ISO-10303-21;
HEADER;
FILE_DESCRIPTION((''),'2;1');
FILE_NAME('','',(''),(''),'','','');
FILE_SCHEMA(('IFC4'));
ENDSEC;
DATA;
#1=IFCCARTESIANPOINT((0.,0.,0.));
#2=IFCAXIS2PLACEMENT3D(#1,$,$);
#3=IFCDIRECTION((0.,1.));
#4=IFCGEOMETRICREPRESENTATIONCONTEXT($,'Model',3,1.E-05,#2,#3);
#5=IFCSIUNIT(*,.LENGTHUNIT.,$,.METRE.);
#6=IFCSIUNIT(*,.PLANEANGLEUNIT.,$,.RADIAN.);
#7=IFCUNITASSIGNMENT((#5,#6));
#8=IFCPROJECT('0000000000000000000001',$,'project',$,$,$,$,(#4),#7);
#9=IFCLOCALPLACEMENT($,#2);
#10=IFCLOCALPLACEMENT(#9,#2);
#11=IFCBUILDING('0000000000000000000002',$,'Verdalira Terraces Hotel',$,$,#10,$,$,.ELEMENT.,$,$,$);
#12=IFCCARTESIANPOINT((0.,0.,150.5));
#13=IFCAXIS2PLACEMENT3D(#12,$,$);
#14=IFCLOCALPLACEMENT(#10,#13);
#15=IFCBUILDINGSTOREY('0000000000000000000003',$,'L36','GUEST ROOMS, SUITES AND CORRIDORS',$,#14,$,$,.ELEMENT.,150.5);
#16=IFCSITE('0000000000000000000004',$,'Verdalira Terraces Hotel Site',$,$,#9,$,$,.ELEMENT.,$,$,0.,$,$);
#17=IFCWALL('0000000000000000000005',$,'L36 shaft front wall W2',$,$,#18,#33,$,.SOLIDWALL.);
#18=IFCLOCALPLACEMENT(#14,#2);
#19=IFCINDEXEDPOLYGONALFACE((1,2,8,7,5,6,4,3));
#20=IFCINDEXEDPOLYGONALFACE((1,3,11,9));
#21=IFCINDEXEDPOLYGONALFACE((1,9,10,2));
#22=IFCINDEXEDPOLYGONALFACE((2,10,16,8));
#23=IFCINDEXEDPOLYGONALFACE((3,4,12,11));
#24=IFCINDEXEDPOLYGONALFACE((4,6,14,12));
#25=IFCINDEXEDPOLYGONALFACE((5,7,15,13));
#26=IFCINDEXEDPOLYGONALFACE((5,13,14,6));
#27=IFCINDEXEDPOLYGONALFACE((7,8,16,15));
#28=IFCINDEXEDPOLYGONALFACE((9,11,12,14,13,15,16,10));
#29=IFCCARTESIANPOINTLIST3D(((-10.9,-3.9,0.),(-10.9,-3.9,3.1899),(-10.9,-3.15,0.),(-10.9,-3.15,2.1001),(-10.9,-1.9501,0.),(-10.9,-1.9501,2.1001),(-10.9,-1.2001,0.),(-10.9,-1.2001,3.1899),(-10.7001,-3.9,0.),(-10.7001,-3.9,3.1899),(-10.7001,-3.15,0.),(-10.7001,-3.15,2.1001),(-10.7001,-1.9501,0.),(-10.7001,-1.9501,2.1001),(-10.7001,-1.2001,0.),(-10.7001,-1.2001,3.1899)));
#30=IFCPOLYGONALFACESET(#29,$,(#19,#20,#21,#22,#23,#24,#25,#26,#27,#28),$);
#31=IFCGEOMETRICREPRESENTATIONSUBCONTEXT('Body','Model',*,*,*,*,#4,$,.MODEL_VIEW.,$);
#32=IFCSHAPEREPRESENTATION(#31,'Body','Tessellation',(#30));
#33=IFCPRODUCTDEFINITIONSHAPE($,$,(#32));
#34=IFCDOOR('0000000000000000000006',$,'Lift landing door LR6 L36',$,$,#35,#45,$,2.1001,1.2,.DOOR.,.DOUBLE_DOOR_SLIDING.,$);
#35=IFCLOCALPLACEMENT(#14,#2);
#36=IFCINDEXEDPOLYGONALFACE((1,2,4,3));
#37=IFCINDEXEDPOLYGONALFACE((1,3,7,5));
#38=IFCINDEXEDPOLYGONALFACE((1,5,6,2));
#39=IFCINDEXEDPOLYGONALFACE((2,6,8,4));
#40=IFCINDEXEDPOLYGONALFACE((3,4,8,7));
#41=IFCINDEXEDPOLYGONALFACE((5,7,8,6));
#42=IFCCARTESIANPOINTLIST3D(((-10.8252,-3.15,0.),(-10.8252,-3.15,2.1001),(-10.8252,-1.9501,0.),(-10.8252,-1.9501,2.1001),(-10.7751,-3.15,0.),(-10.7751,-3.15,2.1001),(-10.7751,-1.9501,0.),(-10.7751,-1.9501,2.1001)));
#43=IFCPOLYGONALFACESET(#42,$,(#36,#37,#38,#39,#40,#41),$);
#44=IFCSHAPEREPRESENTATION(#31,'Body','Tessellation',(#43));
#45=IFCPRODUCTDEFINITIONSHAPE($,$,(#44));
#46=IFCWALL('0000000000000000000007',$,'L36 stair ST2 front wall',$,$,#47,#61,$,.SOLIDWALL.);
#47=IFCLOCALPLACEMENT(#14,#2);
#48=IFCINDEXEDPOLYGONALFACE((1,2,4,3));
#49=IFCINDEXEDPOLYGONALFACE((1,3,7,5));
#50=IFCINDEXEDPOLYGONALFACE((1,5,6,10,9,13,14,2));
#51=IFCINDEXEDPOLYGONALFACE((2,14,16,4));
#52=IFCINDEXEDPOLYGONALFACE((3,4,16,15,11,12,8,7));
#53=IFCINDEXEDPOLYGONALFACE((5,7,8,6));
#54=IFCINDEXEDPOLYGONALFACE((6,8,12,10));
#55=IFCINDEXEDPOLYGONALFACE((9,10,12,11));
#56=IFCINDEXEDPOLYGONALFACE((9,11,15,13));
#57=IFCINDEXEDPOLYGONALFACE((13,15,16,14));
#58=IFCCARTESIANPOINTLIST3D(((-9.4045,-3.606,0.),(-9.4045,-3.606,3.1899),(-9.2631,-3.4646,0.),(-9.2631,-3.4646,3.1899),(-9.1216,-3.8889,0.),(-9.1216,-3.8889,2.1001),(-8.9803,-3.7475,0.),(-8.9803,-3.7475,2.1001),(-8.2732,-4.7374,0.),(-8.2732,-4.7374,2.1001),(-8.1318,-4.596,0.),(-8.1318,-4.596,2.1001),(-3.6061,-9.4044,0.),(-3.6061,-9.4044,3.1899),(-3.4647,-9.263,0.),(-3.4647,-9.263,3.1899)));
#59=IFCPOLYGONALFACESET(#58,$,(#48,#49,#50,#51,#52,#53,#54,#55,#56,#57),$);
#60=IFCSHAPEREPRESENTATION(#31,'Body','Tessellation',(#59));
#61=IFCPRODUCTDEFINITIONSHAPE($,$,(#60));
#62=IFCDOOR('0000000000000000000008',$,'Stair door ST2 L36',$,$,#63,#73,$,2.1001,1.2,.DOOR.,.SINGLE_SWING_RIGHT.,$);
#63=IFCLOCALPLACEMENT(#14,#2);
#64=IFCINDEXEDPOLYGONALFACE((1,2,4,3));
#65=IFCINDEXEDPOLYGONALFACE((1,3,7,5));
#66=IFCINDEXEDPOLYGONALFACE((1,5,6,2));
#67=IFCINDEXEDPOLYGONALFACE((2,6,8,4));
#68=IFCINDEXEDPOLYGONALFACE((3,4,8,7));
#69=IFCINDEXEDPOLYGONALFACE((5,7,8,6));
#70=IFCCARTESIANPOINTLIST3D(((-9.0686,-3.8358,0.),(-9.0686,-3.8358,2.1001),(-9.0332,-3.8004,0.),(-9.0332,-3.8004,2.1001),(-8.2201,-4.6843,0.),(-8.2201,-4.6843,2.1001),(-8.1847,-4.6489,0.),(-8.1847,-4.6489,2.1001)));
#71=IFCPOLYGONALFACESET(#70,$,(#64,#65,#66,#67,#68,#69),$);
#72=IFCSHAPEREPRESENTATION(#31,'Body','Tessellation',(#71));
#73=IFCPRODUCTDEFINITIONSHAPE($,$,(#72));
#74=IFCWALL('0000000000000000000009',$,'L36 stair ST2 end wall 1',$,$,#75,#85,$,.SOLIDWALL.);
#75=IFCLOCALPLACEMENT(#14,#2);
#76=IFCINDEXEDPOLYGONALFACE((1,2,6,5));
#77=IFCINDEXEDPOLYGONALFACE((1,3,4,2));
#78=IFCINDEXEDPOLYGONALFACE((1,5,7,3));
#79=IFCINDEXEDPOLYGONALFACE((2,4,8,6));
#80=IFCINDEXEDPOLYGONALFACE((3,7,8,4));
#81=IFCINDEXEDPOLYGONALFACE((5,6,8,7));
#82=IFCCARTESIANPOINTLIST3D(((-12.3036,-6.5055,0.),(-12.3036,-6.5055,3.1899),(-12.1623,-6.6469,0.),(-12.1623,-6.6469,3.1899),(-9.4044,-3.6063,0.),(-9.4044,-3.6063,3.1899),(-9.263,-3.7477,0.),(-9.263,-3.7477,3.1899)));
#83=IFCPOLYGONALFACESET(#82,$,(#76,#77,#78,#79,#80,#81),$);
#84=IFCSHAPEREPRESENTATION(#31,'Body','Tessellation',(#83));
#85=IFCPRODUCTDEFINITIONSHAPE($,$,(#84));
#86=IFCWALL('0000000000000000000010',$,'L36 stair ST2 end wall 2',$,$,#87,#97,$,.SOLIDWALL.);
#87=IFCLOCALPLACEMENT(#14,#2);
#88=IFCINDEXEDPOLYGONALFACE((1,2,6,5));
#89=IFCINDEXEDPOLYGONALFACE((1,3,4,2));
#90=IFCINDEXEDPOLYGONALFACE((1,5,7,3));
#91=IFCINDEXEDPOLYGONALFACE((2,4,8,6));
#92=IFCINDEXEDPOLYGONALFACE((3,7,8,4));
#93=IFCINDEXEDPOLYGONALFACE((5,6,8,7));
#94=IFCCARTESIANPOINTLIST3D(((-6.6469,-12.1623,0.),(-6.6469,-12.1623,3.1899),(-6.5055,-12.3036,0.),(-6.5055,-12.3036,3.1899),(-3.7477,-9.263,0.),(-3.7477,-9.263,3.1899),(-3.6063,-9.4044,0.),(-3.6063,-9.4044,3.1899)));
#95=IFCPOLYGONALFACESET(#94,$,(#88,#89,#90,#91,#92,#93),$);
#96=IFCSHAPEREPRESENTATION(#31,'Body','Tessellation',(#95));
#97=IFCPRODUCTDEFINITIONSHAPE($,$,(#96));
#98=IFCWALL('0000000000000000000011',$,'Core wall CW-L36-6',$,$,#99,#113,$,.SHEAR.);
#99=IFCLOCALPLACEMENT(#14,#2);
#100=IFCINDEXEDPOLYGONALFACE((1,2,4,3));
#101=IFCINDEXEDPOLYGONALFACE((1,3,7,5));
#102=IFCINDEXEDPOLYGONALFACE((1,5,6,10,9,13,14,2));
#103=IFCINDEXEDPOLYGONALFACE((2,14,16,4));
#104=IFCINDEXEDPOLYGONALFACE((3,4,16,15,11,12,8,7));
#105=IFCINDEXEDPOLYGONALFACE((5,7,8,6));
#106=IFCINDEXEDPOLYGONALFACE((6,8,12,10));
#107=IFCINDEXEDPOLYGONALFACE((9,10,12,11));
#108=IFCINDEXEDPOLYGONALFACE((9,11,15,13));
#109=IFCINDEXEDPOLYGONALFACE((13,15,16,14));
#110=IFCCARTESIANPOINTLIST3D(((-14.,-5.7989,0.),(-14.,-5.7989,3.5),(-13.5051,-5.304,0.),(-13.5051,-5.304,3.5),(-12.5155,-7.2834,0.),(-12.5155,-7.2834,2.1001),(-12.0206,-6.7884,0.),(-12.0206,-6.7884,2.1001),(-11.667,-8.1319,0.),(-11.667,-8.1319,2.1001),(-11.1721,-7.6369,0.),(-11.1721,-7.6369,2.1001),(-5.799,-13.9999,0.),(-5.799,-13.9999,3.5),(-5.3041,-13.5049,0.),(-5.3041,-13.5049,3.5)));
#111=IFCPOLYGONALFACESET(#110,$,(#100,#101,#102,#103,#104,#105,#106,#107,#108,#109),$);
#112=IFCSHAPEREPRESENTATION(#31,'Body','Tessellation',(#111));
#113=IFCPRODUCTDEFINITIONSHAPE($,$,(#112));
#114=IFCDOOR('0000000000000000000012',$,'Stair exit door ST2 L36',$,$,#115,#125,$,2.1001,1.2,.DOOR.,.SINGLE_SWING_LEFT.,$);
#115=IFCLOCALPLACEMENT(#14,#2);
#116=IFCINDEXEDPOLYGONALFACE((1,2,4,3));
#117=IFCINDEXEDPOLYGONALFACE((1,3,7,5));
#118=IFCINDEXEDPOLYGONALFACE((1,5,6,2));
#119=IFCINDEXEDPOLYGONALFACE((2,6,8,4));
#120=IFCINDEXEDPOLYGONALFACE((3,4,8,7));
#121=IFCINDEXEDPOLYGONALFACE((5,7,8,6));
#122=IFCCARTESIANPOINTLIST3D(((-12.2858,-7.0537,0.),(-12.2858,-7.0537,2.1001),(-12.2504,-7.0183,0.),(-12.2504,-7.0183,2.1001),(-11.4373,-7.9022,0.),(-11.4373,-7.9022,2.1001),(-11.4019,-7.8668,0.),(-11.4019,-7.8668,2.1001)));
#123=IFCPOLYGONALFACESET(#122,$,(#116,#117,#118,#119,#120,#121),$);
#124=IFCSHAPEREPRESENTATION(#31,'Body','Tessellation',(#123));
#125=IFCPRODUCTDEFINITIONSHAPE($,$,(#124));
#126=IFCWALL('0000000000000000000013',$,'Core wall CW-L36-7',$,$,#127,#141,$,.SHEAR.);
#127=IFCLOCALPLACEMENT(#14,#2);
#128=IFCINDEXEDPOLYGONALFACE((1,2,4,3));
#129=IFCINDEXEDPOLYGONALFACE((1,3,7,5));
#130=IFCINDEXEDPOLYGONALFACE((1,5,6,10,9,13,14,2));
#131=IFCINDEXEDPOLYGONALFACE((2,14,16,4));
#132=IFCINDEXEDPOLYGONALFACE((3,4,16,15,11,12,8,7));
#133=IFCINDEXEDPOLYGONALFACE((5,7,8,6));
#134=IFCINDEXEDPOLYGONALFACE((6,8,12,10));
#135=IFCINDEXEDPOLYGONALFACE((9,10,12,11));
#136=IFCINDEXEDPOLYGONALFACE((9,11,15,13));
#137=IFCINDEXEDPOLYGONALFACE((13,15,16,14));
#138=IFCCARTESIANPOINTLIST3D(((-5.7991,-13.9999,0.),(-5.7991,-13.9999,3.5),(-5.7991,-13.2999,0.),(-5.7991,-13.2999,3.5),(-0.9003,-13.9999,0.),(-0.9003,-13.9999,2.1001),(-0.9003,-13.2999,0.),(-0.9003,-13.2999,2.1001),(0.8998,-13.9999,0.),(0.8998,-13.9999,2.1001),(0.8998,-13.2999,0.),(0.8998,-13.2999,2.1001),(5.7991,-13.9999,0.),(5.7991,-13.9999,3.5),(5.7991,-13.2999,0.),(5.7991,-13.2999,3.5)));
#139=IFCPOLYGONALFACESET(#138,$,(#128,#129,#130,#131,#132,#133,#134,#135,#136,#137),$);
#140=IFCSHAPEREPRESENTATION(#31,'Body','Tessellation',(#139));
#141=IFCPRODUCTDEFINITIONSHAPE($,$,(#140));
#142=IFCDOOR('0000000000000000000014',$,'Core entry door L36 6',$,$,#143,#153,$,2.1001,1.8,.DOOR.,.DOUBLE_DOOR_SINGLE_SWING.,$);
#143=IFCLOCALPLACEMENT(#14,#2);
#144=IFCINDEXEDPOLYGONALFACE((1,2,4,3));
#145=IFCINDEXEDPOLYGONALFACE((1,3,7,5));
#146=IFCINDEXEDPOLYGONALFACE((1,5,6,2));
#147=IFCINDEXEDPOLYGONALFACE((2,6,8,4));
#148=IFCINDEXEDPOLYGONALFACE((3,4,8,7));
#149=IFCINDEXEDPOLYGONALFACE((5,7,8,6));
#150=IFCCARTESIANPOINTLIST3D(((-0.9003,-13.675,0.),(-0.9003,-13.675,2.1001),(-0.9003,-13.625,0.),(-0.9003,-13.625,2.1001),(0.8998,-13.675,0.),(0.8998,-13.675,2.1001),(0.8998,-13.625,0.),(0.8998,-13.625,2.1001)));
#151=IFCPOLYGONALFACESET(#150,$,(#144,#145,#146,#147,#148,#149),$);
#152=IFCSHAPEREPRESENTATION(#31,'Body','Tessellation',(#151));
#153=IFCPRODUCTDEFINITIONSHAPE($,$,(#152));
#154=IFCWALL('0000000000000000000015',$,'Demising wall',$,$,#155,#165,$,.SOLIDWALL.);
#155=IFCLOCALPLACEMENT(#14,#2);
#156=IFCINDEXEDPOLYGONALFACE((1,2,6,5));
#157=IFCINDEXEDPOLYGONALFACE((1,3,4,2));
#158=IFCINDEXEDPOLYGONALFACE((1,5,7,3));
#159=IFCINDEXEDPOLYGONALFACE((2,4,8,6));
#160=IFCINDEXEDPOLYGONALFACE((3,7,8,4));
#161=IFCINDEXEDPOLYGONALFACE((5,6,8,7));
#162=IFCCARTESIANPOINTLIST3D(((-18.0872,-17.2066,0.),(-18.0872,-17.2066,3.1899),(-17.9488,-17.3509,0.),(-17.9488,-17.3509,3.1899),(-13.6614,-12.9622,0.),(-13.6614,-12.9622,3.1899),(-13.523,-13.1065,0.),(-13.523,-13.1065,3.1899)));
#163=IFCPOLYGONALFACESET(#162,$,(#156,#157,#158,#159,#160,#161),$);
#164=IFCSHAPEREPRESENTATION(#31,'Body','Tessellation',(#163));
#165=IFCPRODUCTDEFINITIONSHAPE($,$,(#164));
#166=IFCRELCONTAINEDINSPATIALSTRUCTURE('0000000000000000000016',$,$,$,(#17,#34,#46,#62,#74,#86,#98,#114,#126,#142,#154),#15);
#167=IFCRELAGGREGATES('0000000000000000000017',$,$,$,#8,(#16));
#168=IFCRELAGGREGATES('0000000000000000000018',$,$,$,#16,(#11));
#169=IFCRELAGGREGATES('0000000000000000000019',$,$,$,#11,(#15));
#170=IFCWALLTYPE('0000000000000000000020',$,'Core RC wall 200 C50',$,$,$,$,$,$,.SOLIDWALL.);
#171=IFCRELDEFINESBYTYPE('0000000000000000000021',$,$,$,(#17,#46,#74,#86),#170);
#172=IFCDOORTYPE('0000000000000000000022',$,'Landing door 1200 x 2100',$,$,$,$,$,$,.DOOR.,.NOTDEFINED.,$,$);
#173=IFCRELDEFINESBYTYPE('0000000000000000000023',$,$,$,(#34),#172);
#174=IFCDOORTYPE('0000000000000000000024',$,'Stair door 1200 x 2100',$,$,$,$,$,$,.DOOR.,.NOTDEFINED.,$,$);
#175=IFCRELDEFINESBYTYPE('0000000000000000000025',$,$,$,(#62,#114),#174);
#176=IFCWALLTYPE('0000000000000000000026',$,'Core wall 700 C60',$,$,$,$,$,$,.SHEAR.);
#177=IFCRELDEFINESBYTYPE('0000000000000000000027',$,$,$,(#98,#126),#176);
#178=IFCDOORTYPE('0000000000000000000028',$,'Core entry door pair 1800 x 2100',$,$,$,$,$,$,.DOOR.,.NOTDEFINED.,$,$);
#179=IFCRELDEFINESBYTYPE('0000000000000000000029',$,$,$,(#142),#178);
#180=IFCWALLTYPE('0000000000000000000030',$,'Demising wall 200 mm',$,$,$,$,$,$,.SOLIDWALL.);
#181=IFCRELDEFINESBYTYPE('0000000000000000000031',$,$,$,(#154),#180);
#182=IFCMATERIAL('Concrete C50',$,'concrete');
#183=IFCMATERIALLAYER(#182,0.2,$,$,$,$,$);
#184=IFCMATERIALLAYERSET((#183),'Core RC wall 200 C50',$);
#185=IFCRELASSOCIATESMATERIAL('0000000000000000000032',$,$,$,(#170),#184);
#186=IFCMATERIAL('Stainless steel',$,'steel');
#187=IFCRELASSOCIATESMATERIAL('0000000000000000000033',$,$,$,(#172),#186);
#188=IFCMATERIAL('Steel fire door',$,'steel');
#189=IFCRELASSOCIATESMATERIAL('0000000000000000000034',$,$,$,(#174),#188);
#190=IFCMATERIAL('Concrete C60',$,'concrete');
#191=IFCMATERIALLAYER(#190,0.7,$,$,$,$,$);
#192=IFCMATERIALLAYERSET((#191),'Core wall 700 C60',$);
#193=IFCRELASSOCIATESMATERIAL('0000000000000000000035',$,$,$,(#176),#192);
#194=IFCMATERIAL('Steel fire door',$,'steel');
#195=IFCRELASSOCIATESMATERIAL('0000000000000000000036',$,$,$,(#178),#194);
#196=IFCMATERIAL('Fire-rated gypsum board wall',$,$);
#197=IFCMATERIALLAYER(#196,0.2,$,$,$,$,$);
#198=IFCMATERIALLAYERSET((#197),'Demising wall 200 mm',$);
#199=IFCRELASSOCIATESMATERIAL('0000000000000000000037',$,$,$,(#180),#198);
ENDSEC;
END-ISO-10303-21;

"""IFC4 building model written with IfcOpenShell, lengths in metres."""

from ifc_helpers import new_model, si_unit, direction, frame, frame_2d, origin, place, context, subcontext, project, spatial, rectangle, extrude, material, layer, layer_set, type_object, element, fill, save


model = new_model("IFC4")

# Units and contexts
model_context = context("Model", 3, precision=1e-05, world=origin(), true_north=direction((0.0, 1.0)))
body_context = subcontext(model_context, "Body", "Model", "MODEL_VIEW")
ifc_project = project(units=[si_unit("LENGTHUNIT", "METRE"), si_unit("PLANEANGLEUNIT", "RADIAN")], contexts=[model_context])

# Site, building, storey
site_placement = place(None, origin())
site = spatial("IfcSite", under=ifc_project, at=site_placement, Name="Verdalira Terraces Hotel Site", CompositionType="ELEMENT", RefElevation=0.0)
building_placement = place(site_placement, origin())
building = spatial("IfcBuilding", under=site, at=building_placement, Name="Verdalira Terraces Hotel", CompositionType="ELEMENT")
storey_placement = place(building_placement, frame((0.0, 0.0, 150.5)))
storey = spatial("IfcBuildingStorey", under=building, at=storey_placement, Name="L36", Description="GUEST ROOMS, SUITES AND CORRIDORS", CompositionType="ELEMENT", Elevation=150.5)

# Walls, openings, doors
ifc_material_1 = material(Name="Concrete C50", Category="concrete")
ifc_layer_1 = layer(ifc_material_1, 0.2)
ifc_layer_set_1 = layer_set([ifc_layer_1], Name="Core RC wall 200 C50")
wall_type_1 = type_object("IfcWallType", Name="Core RC wall 200 C50", PredefinedType="SOLIDWALL", material=ifc_layer_set_1)
wall_1_placement = place(storey_placement, frame((-10.8, -1.2, 0.0), z_axis=(0.0, 0.0, 1.0), x_axis=(0.0, -1.0, 0.0)))
wall_1 = element("IfcWall", 1, at=wall_1_placement, inside=storey, type_object=wall_type_1, Name="L36 shaft front wall W2", PredefinedType="SOLIDWALL", context=body_context, shape_type="SweptSolid", body=[
    extrude(rectangle(XDim=2.7, YDim=0.2, at=frame_2d((1.3501, 0.0))), origin(), (0.0, 0.0, 1.0), 3.1899),
])
opening_1_placement = place(wall_1_placement, frame((0.75, 0.0, 0.0)))
opening_1 = element("IfcOpeningElement", 2, at=opening_1_placement, cuts=wall_1, PredefinedType="OPENING", context=body_context, shape_type="SweptSolid", body=[
    extrude(rectangle(XDim=1.2, YDim=2.1001, at=frame_2d((0.6001, 1.05))), frame((0.0, 0.1099, 0.0), z_axis=(0.0, -1.0, 0.0), x_axis=(1.0, 0.0, 0.0)), (0.0, 0.0, 1.0), 0.22),
])
ifc_material_2 = material(Name="Stainless steel", Category="steel")
door_type_1 = type_object("IfcDoorType", Name="Landing door 1200 x 2100", OperationType="NOTDEFINED", PredefinedType="DOOR", material=ifc_material_2)
door_1_placement = place(opening_1_placement, origin())
door_1 = element("IfcDoor", 3, at=door_1_placement, inside=storey, type_object=door_type_1, Name="Lift landing door LR6 L36", OperationType="DOUBLE_DOOR_SLIDING", OverallHeight=2.1001, OverallWidth=1.2, PredefinedType="DOOR", context=body_context, shape_type="SweptSolid", body=[
    extrude(rectangle(XDim=1.2, YDim=2.1001, at=frame_2d((0.6001, 1.05))), frame((0.0, 0.0249, 0.0), z_axis=(0.0, -1.0, 0.0), x_axis=(1.0, 0.0, 0.0)), (0.0, 0.0, 1.0), 0.05),
])
fill(opening_1, door_1)
wall_2_placement = place(storey_placement, frame((-3.5354, -9.3337, 0.0), z_axis=(0.0, 0.0, 1.0), x_axis=(-0.707107, 0.707107, 0.0)))
wall_2 = element("IfcWall", 4, at=wall_2_placement, inside=storey, type_object=wall_type_1, Name="L36 stair ST2 front wall", PredefinedType="SOLIDWALL", context=body_context, shape_type="SweptSolid", body=[
    extrude(rectangle(XDim=8.2002, YDim=0.2, at=frame_2d((4.1001, 0.0))), origin(), (0.0, 0.0, 1.0), 3.1899),
])
opening_2_placement = place(wall_2_placement, frame((6.6001, 0.0, 0.0)))
opening_2 = element("IfcOpeningElement", 5, at=opening_2_placement, cuts=wall_2, PredefinedType="OPENING", context=body_context, shape_type="SweptSolid", body=[
    extrude(rectangle(XDim=1.2, YDim=2.1001, at=frame_2d((0.6001, 1.05))), frame((0.0, 0.1099, 0.0), z_axis=(0.0, -1.0, 0.0), x_axis=(1.0, 0.0, 0.0)), (0.0, 0.0, 1.0), 0.22),
])
ifc_material_3 = material(Name="Steel fire door", Category="steel")
door_type_2 = type_object("IfcDoorType", Name="Stair door 1200 x 2100", OperationType="NOTDEFINED", PredefinedType="DOOR", material=ifc_material_3)
door_2_placement = place(opening_2_placement, origin())
door_2 = element("IfcDoor", 6, at=door_2_placement, inside=storey, type_object=door_type_2, Name="Stair door ST2 L36", OperationType="SINGLE_SWING_RIGHT", OverallHeight=2.1001, OverallWidth=1.2, PredefinedType="DOOR", context=body_context, shape_type="SweptSolid", body=[
    extrude(rectangle(XDim=1.2, YDim=2.1001, at=frame_2d((0.6001, 1.05))), frame((0.0, 0.0249, 0.0), z_axis=(0.0, -1.0, 0.0), x_axis=(1.0, 0.0, 0.0)), (0.0, 0.0, 1.0), 0.05),
])
fill(opening_2, door_2)

# Walls
for number, where, z_axis, x_axis, name in (
    (7, (-9.3337, -3.677, 0.0), (0.0, 0.0, 1.0), (-0.707107, -0.707107, 0.0), "L36 stair ST2 end wall 1"),
    (8, (-3.677, -9.3337, 0.0), (0.0, 0.0, 1.0), (-0.707107, -0.707107, 0.0), "L36 stair ST2 end wall 2"),
):
    element("IfcWall", number, at=place(storey_placement, frame(where, z_axis=z_axis, x_axis=x_axis)), inside=storey, type_object=wall_type_1, Name=name, PredefinedType="SOLIDWALL", context=body_context, shape_type="SweptSolid", body=[
        extrude(rectangle(XDim=4.1001, YDim=0.2, at=frame_2d((2.05, 0.0))), origin(), (0.0, 0.0, 1.0), 3.1899),
    ])

# Walls, openings, doors
ifc_material_4 = material(Name="Concrete C60", Category="concrete")
ifc_layer_2 = layer(ifc_material_4, 0.7)
ifc_layer_set_2 = layer_set([ifc_layer_2], Name="Core wall 700 C60")
wall_type_2 = type_object("IfcWallType", Name="Core wall 700 C60", PredefinedType="SHEAR", material=ifc_layer_set_2)
wall_3_placement = place(storey_placement, frame((-13.7524, -5.5515, 0.0), z_axis=(0.0, 0.0, 1.0), x_axis=(0.707107, -0.707107, 0.0)))
wall_3 = element("IfcWall", 9, at=wall_3_placement, inside=storey, type_object=wall_type_2, Name="Core wall CW-L36-6", PredefinedType="SHEAR", context=body_context, shape_type="SweptSolid", body=[
    extrude(rectangle(XDim=11.5979, YDim=0.7, at=frame_2d((5.7988, 0.0))), origin(), (0.0, 0.0, 1.0), 3.5),
])
opening_3_placement = place(wall_3_placement, frame((2.0991, 0.0, 0.0)))
opening_3 = element("IfcOpeningElement", 10, at=opening_3_placement, cuts=wall_3, PredefinedType="OPENING", context=body_context, shape_type="SweptSolid", body=[
    extrude(rectangle(XDim=1.2, YDim=2.1001, at=frame_2d((0.6001, 1.05))), frame((0.0, 0.3599, 0.0), z_axis=(0.0, -1.0, 0.0), x_axis=(1.0, 0.0, 0.0)), (0.0, 0.0, 1.0), 0.72),
])
door_3_placement = place(opening_3_placement, origin())
door_3 = element("IfcDoor", 11, at=door_3_placement, inside=storey, type_object=door_type_2, Name="Stair exit door ST2 L36", OperationType="SINGLE_SWING_LEFT", OverallHeight=2.1001, OverallWidth=1.2, PredefinedType="DOOR", context=body_context, shape_type="SweptSolid", body=[
    extrude(rectangle(XDim=1.2, YDim=2.1001, at=frame_2d((0.6001, 1.05))), frame((0.0, 0.0249, 0.0), z_axis=(0.0, -1.0, 0.0), x_axis=(1.0, 0.0, 0.0)), (0.0, 0.0, 1.0), 0.05),
])
fill(opening_3, door_3)
wall_4_placement = place(storey_placement, frame((-5.7991, -13.6499, 0.0), z_axis=(0.0, 0.0, 1.0), x_axis=(1.0, 0.0, 0.0)))
wall_4 = element("IfcWall", 12, at=wall_4_placement, inside=storey, type_object=wall_type_2, Name="Core wall CW-L36-7", PredefinedType="SHEAR", context=body_context, shape_type="SweptSolid", body=[
    extrude(rectangle(XDim=11.5981, YDim=0.7, at=frame_2d((5.7991, 0.0))), origin(), (0.0, 0.0, 1.0), 3.5),
])
opening_4_placement = place(wall_4_placement, frame((4.8989, 0.0, 0.0)))
opening_4 = element("IfcOpeningElement", 13, at=opening_4_placement, cuts=wall_4, PredefinedType="OPENING", context=body_context, shape_type="SweptSolid", body=[
    extrude(rectangle(XDim=1.8, YDim=2.1001, at=frame_2d((0.8999, 1.05))), frame((0.0, 0.3599, 0.0), z_axis=(0.0, -1.0, 0.0), x_axis=(1.0, 0.0, 0.0)), (0.0, 0.0, 1.0), 0.72),
])
ifc_material_5 = material(Name="Steel fire door", Category="steel")
door_type_3 = type_object("IfcDoorType", Name="Core entry door pair 1800 x 2100", OperationType="NOTDEFINED", PredefinedType="DOOR", material=ifc_material_5)
door_4_placement = place(opening_4_placement, origin())
door_4 = element("IfcDoor", 14, at=door_4_placement, inside=storey, type_object=door_type_3, Name="Core entry door L36 6", OperationType="DOUBLE_DOOR_SINGLE_SWING", OverallHeight=2.1001, OverallWidth=1.8, PredefinedType="DOOR", context=body_context, shape_type="SweptSolid", body=[
    extrude(rectangle(XDim=1.8, YDim=2.1001, at=frame_2d((0.8999, 1.05))), frame((0.0, 0.0249, 0.0), z_axis=(0.0, -1.0, 0.0), x_axis=(1.0, 0.0, 0.0)), (0.0, 0.0, 1.0), 0.05),
])
fill(opening_4, door_4)

# Wall
ifc_material_6 = material(Name="Fire-rated gypsum board wall")
ifc_layer_3 = layer(ifc_material_6, 0.2)
ifc_layer_set_3 = layer_set([ifc_layer_3], Name="Demising wall 200 mm")
wall_type_3 = type_object("IfcWallType", Name="Demising wall 200 mm", PredefinedType="SOLIDWALL", material=ifc_layer_set_3)
wall_5_placement = place(storey_placement, frame((-13.5923, -13.0344, 0.0), z_axis=(0.0, 0.0, 1.0), x_axis=(-0.721743, -0.692161, 0.0)))
element("IfcWall", 15, at=wall_5_placement, inside=storey, type_object=wall_type_3, Name="Demising wall", PredefinedType="SOLIDWALL", context=body_context, shape_type="SweptSolid", body=[
    extrude(rectangle(XDim=6.1321, YDim=0.2, at=frame_2d((3.0659, 0.0))), origin(), (0.0, 0.0, 1.0), 3.1899),
])

save(model, "model.ifc")
